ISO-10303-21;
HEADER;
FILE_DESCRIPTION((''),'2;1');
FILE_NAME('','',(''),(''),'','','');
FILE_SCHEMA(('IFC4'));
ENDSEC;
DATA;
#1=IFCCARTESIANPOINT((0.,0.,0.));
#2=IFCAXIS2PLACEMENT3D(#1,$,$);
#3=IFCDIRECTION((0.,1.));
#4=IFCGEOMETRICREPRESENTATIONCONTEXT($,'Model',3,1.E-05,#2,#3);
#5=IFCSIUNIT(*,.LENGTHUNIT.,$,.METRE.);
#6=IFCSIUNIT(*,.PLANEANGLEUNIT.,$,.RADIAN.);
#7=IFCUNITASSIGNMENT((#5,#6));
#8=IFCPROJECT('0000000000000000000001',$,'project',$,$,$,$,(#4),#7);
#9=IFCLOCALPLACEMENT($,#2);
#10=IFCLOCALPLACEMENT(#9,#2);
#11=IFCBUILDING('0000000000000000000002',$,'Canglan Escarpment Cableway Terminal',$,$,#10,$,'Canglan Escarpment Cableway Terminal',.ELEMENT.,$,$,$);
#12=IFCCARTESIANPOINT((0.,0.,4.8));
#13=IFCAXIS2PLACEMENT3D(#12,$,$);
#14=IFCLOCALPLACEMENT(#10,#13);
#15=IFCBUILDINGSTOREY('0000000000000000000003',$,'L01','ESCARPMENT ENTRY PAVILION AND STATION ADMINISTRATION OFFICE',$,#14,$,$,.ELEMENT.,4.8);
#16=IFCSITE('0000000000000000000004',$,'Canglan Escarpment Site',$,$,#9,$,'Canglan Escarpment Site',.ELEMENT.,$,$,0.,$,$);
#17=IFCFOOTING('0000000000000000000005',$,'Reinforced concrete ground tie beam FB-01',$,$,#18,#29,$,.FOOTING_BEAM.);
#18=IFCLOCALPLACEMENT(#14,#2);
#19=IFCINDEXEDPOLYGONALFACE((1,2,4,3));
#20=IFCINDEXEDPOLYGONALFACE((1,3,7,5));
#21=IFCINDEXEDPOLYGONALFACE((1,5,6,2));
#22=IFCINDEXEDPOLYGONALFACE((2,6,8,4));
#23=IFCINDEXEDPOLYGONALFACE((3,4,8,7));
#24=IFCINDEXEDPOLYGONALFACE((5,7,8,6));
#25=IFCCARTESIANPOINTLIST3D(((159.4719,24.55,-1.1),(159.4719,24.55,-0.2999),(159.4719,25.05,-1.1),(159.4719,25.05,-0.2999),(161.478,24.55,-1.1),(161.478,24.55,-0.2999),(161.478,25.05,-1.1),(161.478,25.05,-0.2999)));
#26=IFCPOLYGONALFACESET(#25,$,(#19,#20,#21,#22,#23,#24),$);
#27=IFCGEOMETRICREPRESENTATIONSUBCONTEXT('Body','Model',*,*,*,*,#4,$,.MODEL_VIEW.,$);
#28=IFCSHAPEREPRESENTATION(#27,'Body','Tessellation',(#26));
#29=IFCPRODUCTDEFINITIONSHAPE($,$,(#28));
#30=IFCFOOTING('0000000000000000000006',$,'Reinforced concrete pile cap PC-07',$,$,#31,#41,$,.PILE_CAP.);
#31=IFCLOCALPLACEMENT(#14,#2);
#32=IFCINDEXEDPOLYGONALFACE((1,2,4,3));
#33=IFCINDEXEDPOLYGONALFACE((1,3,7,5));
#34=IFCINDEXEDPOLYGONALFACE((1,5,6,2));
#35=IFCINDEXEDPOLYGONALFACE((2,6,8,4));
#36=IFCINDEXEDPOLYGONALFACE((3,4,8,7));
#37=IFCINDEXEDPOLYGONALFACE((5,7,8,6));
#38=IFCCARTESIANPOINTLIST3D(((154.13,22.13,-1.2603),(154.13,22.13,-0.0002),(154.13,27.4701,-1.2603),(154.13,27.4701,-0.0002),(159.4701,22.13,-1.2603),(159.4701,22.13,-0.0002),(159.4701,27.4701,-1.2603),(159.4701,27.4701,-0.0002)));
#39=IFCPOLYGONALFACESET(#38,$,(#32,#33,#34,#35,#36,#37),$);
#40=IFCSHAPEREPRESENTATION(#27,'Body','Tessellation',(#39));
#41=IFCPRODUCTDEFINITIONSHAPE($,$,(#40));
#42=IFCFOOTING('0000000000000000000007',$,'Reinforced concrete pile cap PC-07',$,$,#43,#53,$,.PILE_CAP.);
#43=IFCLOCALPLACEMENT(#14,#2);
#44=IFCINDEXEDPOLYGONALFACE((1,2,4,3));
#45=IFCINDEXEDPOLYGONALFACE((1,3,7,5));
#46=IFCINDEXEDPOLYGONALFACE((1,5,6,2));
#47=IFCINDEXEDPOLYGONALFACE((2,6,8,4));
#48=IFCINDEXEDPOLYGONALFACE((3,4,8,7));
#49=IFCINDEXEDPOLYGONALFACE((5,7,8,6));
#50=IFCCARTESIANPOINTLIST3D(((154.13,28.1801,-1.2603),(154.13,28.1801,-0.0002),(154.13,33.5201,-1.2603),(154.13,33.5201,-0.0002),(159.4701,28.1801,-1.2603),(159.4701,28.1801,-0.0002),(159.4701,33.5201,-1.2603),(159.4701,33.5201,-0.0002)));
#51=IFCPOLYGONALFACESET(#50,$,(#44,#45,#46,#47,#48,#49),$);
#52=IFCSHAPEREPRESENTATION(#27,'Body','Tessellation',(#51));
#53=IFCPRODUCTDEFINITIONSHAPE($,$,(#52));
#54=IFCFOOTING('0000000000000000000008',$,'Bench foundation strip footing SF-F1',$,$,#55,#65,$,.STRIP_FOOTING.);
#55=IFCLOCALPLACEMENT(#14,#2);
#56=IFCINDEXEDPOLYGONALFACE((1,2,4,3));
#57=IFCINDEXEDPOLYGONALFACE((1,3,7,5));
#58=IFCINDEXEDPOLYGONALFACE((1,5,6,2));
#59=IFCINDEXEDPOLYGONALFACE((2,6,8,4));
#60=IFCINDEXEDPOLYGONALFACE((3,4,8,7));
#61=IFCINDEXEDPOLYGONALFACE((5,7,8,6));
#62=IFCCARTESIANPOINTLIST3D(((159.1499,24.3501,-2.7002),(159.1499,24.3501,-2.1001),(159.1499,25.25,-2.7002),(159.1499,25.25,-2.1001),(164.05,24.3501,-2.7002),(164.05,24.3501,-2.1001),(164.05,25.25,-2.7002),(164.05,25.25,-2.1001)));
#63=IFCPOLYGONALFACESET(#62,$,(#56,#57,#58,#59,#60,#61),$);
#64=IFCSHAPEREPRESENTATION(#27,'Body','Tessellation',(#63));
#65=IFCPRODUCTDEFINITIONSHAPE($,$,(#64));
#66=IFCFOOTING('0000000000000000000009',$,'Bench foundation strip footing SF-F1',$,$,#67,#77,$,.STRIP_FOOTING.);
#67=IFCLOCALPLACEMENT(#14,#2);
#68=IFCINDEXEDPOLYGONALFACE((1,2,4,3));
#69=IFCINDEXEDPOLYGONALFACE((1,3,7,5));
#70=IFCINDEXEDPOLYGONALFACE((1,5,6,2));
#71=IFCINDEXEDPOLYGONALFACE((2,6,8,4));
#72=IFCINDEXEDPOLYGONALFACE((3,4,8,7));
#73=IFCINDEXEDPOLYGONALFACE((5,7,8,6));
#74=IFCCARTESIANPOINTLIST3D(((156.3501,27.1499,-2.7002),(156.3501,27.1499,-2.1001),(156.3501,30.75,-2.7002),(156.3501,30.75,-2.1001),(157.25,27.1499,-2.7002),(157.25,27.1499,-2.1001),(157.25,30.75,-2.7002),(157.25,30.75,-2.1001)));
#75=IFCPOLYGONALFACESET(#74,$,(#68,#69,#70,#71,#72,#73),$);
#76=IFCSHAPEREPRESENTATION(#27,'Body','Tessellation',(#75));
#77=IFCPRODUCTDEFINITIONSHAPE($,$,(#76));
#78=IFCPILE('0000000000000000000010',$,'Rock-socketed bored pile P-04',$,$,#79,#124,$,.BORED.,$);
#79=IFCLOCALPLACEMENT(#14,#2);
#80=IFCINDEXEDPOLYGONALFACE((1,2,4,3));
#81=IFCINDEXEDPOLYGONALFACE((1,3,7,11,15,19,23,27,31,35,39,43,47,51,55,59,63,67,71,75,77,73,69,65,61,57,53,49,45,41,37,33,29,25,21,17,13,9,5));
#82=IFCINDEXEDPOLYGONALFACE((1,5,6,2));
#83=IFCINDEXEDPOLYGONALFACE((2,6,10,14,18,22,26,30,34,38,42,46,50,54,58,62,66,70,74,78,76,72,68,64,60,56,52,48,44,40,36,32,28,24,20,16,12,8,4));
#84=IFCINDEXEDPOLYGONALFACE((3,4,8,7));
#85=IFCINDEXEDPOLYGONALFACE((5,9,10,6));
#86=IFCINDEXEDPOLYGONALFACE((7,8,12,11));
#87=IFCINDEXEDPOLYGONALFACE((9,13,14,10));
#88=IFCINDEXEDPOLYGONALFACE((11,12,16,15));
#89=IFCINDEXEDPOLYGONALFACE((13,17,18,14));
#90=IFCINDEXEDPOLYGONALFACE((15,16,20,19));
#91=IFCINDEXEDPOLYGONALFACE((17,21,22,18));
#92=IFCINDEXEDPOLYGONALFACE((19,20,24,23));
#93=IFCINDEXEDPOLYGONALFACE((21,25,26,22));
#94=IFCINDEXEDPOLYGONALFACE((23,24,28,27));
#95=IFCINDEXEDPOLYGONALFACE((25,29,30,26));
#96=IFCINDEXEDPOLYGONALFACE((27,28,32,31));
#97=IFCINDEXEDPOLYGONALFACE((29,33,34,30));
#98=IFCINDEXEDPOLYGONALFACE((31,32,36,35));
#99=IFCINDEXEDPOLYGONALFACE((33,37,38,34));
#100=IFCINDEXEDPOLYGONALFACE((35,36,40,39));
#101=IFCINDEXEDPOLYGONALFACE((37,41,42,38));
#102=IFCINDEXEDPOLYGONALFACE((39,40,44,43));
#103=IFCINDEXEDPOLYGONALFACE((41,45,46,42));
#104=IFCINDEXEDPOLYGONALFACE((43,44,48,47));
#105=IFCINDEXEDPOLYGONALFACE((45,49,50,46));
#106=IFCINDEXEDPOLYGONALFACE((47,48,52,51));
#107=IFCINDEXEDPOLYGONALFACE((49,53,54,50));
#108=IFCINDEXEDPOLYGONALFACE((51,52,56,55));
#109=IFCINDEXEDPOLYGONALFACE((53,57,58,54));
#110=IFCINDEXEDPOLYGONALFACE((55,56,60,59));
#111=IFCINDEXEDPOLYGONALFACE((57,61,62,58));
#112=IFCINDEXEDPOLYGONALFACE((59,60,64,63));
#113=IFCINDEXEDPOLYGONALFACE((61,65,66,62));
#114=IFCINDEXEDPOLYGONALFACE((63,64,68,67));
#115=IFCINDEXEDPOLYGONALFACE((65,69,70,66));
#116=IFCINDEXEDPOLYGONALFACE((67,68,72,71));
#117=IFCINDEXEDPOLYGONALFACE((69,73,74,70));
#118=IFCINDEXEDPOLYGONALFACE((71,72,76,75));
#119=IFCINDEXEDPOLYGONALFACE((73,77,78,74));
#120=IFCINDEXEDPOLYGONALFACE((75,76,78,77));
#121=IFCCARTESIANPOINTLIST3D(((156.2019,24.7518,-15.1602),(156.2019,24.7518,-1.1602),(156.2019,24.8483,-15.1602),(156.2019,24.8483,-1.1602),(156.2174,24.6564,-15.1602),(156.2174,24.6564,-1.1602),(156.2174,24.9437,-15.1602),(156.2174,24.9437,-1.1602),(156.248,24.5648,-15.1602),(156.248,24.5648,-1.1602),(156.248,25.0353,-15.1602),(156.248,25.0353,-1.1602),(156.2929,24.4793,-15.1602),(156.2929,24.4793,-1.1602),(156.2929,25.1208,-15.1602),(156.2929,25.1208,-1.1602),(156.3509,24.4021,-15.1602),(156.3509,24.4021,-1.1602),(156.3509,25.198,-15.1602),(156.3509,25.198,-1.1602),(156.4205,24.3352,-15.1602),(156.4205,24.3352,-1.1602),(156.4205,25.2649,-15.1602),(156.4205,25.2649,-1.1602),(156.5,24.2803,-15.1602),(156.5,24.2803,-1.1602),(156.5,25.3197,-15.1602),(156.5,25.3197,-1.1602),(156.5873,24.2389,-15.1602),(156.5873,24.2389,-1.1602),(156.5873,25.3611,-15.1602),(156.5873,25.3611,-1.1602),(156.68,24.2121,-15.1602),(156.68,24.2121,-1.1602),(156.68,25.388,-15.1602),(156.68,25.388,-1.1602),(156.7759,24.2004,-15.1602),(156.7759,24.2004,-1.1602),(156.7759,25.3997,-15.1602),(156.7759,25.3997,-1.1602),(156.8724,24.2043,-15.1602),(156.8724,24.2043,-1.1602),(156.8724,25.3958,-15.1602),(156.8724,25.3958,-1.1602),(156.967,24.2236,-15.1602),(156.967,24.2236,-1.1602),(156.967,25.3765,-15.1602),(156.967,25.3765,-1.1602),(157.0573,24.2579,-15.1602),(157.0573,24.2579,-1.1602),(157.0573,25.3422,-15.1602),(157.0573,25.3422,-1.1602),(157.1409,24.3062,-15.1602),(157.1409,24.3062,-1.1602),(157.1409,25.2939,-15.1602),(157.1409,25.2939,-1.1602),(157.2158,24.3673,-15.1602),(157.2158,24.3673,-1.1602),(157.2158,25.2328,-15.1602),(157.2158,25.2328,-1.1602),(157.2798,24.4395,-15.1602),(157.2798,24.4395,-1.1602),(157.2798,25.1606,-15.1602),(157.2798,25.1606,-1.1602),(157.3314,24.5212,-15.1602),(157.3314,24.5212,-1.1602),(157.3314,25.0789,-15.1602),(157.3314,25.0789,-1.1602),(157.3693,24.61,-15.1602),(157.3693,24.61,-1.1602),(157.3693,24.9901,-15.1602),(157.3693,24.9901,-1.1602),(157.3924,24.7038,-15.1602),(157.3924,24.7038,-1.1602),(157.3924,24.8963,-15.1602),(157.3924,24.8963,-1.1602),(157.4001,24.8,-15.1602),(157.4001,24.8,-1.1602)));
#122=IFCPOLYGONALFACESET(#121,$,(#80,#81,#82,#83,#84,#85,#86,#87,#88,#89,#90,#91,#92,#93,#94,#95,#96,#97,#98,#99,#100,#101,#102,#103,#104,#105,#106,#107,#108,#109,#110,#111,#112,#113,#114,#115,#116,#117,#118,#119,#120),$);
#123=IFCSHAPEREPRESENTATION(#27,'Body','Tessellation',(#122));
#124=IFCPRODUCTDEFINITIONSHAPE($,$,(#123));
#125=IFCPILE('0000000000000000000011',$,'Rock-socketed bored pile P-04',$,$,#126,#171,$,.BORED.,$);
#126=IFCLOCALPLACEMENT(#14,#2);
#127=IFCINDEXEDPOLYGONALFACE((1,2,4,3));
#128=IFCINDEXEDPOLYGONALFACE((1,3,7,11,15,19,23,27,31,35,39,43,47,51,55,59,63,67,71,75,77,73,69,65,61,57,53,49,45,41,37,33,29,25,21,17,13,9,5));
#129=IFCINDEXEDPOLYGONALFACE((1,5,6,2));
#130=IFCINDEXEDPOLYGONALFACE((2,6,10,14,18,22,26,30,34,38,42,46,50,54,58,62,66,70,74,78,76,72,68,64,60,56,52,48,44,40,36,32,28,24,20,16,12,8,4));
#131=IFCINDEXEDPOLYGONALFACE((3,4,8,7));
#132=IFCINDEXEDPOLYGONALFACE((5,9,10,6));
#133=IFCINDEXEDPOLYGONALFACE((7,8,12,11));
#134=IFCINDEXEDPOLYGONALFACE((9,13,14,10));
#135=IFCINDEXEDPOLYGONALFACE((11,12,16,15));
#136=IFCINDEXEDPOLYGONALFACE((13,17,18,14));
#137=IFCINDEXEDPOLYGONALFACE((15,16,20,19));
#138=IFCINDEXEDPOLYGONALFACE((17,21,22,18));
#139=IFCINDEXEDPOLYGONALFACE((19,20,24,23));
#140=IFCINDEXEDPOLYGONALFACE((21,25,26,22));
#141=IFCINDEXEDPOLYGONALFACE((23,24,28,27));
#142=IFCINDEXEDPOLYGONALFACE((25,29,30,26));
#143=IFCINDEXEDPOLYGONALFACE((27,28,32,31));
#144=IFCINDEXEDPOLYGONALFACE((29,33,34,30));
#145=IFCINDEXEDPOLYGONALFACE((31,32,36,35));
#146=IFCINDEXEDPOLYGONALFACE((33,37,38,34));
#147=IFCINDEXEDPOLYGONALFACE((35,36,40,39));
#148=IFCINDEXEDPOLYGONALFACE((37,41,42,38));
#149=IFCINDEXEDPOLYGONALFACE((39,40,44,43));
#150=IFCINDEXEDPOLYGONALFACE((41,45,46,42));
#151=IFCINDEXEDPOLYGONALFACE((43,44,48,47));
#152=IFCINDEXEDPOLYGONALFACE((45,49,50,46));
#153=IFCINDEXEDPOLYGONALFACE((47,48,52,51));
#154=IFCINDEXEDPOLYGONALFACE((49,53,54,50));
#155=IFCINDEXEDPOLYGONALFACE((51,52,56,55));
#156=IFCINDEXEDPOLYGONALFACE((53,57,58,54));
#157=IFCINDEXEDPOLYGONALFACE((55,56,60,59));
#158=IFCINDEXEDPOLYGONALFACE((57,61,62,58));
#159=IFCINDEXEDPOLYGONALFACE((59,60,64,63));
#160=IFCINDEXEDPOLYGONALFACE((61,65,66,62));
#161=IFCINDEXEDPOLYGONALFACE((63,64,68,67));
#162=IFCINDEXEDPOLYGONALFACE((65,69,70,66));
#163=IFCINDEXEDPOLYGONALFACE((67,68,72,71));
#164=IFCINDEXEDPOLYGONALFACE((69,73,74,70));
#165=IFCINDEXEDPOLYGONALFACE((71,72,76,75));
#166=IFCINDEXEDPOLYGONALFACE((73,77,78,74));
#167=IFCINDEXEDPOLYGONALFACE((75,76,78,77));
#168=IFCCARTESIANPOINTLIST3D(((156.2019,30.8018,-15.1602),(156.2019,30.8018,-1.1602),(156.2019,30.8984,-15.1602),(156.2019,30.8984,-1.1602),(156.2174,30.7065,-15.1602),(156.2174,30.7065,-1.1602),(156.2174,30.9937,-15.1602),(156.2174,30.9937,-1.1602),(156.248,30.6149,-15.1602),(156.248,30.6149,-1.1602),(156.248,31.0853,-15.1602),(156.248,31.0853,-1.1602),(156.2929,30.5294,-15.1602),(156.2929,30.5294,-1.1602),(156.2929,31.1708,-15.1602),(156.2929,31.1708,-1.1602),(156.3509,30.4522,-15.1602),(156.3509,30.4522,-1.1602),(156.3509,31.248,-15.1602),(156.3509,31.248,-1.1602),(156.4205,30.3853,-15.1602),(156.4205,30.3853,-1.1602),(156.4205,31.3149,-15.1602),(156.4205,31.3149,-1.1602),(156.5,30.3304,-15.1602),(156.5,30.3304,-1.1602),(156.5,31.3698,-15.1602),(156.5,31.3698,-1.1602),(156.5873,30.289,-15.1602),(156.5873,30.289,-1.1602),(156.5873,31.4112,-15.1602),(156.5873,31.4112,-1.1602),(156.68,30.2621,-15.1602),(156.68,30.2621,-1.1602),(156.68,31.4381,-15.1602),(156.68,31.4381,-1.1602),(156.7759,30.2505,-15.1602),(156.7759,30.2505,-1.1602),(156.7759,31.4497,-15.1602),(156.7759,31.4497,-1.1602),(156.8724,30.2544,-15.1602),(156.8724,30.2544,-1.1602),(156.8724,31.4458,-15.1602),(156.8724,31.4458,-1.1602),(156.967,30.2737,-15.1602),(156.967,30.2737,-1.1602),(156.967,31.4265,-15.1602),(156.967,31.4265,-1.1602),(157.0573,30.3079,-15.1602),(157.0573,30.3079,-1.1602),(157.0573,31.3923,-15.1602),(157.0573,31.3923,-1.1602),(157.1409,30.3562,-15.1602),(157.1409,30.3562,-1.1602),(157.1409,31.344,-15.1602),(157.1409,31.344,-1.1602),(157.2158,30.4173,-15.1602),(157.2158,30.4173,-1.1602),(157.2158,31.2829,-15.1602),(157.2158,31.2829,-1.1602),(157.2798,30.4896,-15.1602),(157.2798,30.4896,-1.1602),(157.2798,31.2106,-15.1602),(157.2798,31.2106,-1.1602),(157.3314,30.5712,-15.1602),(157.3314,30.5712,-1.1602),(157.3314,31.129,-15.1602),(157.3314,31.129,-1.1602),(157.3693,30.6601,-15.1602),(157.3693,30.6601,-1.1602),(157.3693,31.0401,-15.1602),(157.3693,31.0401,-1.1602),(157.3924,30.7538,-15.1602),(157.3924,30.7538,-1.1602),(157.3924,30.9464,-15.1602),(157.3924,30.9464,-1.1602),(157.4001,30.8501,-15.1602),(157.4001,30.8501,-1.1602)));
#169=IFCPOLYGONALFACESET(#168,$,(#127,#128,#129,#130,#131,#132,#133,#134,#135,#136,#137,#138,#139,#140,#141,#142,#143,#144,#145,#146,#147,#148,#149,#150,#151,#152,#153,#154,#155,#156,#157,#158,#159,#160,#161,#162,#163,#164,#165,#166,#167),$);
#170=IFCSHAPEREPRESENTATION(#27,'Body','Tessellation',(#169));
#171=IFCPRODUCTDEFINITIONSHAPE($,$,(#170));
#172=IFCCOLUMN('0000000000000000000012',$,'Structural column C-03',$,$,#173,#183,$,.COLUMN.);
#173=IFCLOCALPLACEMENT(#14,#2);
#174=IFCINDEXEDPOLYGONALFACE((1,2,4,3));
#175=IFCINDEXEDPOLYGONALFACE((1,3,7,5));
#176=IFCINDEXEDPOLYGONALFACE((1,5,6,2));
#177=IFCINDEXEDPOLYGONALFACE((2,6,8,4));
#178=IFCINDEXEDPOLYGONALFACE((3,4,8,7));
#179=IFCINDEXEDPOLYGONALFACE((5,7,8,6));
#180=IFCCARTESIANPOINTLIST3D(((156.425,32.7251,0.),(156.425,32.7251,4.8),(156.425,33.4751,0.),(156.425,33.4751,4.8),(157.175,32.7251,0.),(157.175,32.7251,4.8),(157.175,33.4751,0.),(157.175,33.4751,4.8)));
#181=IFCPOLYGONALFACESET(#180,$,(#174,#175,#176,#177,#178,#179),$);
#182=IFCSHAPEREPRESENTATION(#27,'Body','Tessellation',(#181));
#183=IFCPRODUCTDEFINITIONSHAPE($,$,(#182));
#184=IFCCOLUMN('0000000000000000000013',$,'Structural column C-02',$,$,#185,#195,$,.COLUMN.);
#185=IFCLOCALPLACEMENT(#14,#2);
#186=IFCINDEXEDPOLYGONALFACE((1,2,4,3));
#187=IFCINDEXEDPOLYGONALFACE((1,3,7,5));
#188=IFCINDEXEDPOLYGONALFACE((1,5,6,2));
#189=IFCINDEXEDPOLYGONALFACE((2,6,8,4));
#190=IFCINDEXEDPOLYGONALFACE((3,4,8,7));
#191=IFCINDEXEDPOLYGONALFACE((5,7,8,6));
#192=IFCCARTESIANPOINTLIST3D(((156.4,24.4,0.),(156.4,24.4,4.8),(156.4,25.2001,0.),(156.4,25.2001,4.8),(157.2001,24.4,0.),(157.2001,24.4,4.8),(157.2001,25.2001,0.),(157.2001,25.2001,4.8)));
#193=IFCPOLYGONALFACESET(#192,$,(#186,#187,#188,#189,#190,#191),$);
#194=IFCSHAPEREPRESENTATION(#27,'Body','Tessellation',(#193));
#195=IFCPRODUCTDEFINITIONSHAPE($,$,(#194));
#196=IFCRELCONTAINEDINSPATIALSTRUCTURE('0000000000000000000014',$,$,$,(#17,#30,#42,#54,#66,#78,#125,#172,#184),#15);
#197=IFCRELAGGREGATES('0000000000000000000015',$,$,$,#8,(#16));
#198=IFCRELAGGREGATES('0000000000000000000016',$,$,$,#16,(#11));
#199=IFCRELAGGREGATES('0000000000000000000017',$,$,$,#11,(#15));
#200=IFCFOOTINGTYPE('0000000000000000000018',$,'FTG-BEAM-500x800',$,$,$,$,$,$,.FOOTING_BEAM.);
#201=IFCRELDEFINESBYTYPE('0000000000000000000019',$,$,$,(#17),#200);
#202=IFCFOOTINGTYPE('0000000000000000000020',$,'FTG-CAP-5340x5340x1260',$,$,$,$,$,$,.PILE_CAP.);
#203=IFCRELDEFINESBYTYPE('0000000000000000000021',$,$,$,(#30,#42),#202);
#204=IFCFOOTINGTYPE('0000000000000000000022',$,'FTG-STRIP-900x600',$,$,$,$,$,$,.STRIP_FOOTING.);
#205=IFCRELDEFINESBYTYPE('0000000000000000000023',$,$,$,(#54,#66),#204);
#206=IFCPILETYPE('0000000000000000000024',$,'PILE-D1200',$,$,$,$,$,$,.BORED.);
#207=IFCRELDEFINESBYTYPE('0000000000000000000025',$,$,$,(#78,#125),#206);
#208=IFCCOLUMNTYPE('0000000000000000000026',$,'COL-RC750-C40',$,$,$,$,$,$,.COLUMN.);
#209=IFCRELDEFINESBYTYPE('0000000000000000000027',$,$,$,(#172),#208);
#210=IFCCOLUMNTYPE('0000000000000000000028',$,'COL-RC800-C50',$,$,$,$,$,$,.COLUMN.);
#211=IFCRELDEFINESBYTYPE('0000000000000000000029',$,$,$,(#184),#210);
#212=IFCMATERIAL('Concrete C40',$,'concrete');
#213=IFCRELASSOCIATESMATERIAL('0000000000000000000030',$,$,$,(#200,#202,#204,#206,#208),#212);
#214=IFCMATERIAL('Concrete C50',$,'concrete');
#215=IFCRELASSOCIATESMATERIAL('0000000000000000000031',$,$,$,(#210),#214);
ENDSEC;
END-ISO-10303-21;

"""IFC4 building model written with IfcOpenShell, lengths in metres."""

from ifc_helpers import new_model, si_unit, direction, frame, origin, origin_2d, place, context, subcontext, project, spatial, rectangle, circle, extrude, material, material_profile, profile_set, type_object, element, save


model = new_model("IFC4")

# Units and contexts
model_context = context("Model", 3, precision=1e-05, world=origin(), true_north=direction((0.0, 1.0)))
body_context = subcontext(model_context, "Body", "Model", "MODEL_VIEW")
ifc_project = project(units=[si_unit("LENGTHUNIT", "METRE"), si_unit("PLANEANGLEUNIT", "RADIAN")], contexts=[model_context])

# Site, building, storey
site_placement = place(None, origin())
site = spatial("IfcSite", under=ifc_project, at=site_placement, Name="Canglan Escarpment Site", LongName="Canglan Escarpment Site", CompositionType="ELEMENT", RefElevation=0.0)
building_placement = place(site_placement, origin())
building = spatial("IfcBuilding", under=site, at=building_placement, Name="Canglan Escarpment Cableway Terminal", LongName="Canglan Escarpment Cableway Terminal", CompositionType="ELEMENT")
storey_placement = place(building_placement, frame((0.0, 0.0, 4.8)))
storey = spatial("IfcBuildingStorey", under=building, at=storey_placement, Name="L01", Description="ESCARPMENT ENTRY PAVILION AND STATION ADMINISTRATION OFFICE", CompositionType="ELEMENT", Elevation=4.8)

# Footings
ifc_material_1 = material(Name="Concrete C40", Category="concrete")
ifc_material_profile_1 = material_profile(ifc_material_1, rectangle(XDim=0.5, YDim=0.8, at=origin_2d()), Name="FB 500x800")
ifc_profile_set_1 = profile_set([ifc_material_profile_1], Name="Concrete C40")
footing_type_1 = type_object("IfcFootingType", Name="FTG-BEAM-500x800", PredefinedType="FOOTING_BEAM", material=ifc_profile_set_1)
footing_1_placement = place(storey_placement, frame((159.4719, 24.8, -0.7), z_axis=(1.0, 0.0, 0.0), x_axis=(0.0, 1.0, 0.0)))
element("IfcFooting", 1, at=footing_1_placement, inside=storey, type_object=footing_type_1, Name="Reinforced concrete ground tie beam FB-01", PredefinedType="FOOTING_BEAM", context=body_context, shape_type="SweptSolid", body=[
    extrude(rectangle(XDim=0.5, YDim=0.8, at=origin_2d()), origin(), (0.0, 0.0, 1.0), 2.0061),
])
footing_type_2 = type_object("IfcFootingType", Name="FTG-CAP-5340x5340x1260", PredefinedType="PILE_CAP", material=ifc_material_1)
for number, where, z_axis, x_axis, name in (
    (2, (156.8, 24.8, -1.2603), (0.0, 0.0, 1.0), (1.0, 0.0, 0.0), "Reinforced concrete pile cap PC-07"),
    (3, (156.8, 30.8501, -1.2603), (0.0, 0.0, 1.0), (1.0, 0.0, 0.0), "Reinforced concrete pile cap PC-07"),
):
    element("IfcFooting", number, at=place(storey_placement, frame(where, z_axis=z_axis, x_axis=x_axis)), inside=storey, type_object=footing_type_2, Name=name, PredefinedType="PILE_CAP", context=body_context, shape_type="SweptSolid", body=[
        extrude(rectangle(XDim=5.3401, YDim=5.3401, at=origin_2d()), origin(), (0.0, 0.0, 1.0), 1.26),
    ])
ifc_material_profile_2 = material_profile(ifc_material_1, rectangle(XDim=0.8999, YDim=0.6001, at=origin_2d()), Name="SF 900x600")
ifc_profile_set_2 = profile_set([ifc_material_profile_2], Name="Concrete C40")
footing_type_3 = type_object("IfcFootingType", Name="FTG-STRIP-900x600", PredefinedType="STRIP_FOOTING", material=ifc_profile_set_2)
footing_2_placement = place(storey_placement, frame((159.1499, 24.8, -2.4001), z_axis=(1.0, 0.0, 0.0), x_axis=(0.0, 1.0, 0.0)))
element("IfcFooting", 4, at=footing_2_placement, inside=storey, type_object=footing_type_3, Name="Bench foundation strip footing SF-F1", PredefinedType="STRIP_FOOTING", context=body_context, shape_type="SweptSolid", body=[
    extrude(rectangle(XDim=0.8999, YDim=0.6001, at=origin_2d()), origin(), (0.0, 0.0, 1.0), 4.9001),
])
footing_3_placement = place(storey_placement, frame((156.8, 27.1499, -2.4001), z_axis=(0.0, 1.0, 0.0), x_axis=(-1.0, 0.0, 0.0)))
element("IfcFooting", 5, at=footing_3_placement, inside=storey, type_object=footing_type_3, Name="Bench foundation strip footing SF-F1", PredefinedType="STRIP_FOOTING", context=body_context, shape_type="SweptSolid", body=[
    extrude(rectangle(XDim=0.8999, YDim=0.6001, at=origin_2d()), origin(), (0.0, 0.0, 1.0), 3.6001),
])

# Piles
ifc_material_profile_3 = material_profile(ifc_material_1, circle(Radius=0.6001, at=origin_2d()), Name="BORED PILE D1200")
ifc_profile_set_3 = profile_set([ifc_material_profile_3], Name="Concrete C40")
pile_type = type_object("IfcPileType", Name="PILE-D1200", PredefinedType="BORED", material=ifc_profile_set_3)
for number, where, z_axis, x_axis, name in (
    (6, (156.8, 24.8, -1.1602), (0.0, 0.0, -1.0), (1.0, 0.0, 0.0), "Rock-socketed bored pile P-04"),
    (7, (156.8, 30.8501, -1.1602), (0.0, 0.0, -1.0), (1.0, 0.0, 0.0), "Rock-socketed bored pile P-04"),
):
    element("IfcPile", number, at=place(storey_placement, frame(where, z_axis=z_axis, x_axis=x_axis)), inside=storey, type_object=pile_type, Name=name, PredefinedType="BORED", context=body_context, shape_type="SweptSolid", body=[
        extrude(circle(Radius=0.6001, at=origin_2d()), origin(), (0.0, 0.0, 1.0), 14.0),
    ])

# Columns
ifc_material_profile_4 = material_profile(ifc_material_1, rectangle(XDim=0.75, YDim=0.75, at=origin_2d()), Name="RC 750x750")
ifc_profile_set_4 = profile_set([ifc_material_profile_4], Name="Concrete C40")
column_type_1 = type_object("IfcColumnType", Name="COL-RC750-C40", PredefinedType="COLUMN", material=ifc_profile_set_4)
column_1_placement = place(storey_placement, frame((156.8, 33.1001, 0.0), z_axis=(0.0, 0.0, 1.0), x_axis=(1.0, 0.0, 0.0)))
element("IfcColumn", 8, at=column_1_placement, inside=storey, type_object=column_type_1, Name="Structural column C-03", PredefinedType="COLUMN", context=body_context, shape_type="SweptSolid", body=[
    extrude(rectangle(XDim=0.75, YDim=0.75, at=origin_2d()), origin(), (0.0, 0.0, 1.0), 4.8),
])
ifc_material_2 = material(Name="Concrete C50", Category="concrete")
ifc_material_profile_5 = material_profile(ifc_material_2, rectangle(XDim=0.8, YDim=0.8, at=origin_2d()), Name="RC 800x800")
ifc_profile_set_5 = profile_set([ifc_material_profile_5], Name="Concrete C50")
column_type_2 = type_object("IfcColumnType", Name="COL-RC800-C50", PredefinedType="COLUMN", material=ifc_profile_set_5)
column_2_placement = place(storey_placement, frame((156.8, 24.8, 0.0), z_axis=(0.0, 0.0, 1.0), x_axis=(1.0, 0.0, 0.0)))
element("IfcColumn", 9, at=column_2_placement, inside=storey, type_object=column_type_2, Name="Structural column C-02", PredefinedType="COLUMN", context=body_context, shape_type="SweptSolid", body=[
    extrude(rectangle(XDim=0.8, YDim=0.8, at=origin_2d()), origin(), (0.0, 0.0, 1.0), 4.8),
])

save(model, "model.ifc")
